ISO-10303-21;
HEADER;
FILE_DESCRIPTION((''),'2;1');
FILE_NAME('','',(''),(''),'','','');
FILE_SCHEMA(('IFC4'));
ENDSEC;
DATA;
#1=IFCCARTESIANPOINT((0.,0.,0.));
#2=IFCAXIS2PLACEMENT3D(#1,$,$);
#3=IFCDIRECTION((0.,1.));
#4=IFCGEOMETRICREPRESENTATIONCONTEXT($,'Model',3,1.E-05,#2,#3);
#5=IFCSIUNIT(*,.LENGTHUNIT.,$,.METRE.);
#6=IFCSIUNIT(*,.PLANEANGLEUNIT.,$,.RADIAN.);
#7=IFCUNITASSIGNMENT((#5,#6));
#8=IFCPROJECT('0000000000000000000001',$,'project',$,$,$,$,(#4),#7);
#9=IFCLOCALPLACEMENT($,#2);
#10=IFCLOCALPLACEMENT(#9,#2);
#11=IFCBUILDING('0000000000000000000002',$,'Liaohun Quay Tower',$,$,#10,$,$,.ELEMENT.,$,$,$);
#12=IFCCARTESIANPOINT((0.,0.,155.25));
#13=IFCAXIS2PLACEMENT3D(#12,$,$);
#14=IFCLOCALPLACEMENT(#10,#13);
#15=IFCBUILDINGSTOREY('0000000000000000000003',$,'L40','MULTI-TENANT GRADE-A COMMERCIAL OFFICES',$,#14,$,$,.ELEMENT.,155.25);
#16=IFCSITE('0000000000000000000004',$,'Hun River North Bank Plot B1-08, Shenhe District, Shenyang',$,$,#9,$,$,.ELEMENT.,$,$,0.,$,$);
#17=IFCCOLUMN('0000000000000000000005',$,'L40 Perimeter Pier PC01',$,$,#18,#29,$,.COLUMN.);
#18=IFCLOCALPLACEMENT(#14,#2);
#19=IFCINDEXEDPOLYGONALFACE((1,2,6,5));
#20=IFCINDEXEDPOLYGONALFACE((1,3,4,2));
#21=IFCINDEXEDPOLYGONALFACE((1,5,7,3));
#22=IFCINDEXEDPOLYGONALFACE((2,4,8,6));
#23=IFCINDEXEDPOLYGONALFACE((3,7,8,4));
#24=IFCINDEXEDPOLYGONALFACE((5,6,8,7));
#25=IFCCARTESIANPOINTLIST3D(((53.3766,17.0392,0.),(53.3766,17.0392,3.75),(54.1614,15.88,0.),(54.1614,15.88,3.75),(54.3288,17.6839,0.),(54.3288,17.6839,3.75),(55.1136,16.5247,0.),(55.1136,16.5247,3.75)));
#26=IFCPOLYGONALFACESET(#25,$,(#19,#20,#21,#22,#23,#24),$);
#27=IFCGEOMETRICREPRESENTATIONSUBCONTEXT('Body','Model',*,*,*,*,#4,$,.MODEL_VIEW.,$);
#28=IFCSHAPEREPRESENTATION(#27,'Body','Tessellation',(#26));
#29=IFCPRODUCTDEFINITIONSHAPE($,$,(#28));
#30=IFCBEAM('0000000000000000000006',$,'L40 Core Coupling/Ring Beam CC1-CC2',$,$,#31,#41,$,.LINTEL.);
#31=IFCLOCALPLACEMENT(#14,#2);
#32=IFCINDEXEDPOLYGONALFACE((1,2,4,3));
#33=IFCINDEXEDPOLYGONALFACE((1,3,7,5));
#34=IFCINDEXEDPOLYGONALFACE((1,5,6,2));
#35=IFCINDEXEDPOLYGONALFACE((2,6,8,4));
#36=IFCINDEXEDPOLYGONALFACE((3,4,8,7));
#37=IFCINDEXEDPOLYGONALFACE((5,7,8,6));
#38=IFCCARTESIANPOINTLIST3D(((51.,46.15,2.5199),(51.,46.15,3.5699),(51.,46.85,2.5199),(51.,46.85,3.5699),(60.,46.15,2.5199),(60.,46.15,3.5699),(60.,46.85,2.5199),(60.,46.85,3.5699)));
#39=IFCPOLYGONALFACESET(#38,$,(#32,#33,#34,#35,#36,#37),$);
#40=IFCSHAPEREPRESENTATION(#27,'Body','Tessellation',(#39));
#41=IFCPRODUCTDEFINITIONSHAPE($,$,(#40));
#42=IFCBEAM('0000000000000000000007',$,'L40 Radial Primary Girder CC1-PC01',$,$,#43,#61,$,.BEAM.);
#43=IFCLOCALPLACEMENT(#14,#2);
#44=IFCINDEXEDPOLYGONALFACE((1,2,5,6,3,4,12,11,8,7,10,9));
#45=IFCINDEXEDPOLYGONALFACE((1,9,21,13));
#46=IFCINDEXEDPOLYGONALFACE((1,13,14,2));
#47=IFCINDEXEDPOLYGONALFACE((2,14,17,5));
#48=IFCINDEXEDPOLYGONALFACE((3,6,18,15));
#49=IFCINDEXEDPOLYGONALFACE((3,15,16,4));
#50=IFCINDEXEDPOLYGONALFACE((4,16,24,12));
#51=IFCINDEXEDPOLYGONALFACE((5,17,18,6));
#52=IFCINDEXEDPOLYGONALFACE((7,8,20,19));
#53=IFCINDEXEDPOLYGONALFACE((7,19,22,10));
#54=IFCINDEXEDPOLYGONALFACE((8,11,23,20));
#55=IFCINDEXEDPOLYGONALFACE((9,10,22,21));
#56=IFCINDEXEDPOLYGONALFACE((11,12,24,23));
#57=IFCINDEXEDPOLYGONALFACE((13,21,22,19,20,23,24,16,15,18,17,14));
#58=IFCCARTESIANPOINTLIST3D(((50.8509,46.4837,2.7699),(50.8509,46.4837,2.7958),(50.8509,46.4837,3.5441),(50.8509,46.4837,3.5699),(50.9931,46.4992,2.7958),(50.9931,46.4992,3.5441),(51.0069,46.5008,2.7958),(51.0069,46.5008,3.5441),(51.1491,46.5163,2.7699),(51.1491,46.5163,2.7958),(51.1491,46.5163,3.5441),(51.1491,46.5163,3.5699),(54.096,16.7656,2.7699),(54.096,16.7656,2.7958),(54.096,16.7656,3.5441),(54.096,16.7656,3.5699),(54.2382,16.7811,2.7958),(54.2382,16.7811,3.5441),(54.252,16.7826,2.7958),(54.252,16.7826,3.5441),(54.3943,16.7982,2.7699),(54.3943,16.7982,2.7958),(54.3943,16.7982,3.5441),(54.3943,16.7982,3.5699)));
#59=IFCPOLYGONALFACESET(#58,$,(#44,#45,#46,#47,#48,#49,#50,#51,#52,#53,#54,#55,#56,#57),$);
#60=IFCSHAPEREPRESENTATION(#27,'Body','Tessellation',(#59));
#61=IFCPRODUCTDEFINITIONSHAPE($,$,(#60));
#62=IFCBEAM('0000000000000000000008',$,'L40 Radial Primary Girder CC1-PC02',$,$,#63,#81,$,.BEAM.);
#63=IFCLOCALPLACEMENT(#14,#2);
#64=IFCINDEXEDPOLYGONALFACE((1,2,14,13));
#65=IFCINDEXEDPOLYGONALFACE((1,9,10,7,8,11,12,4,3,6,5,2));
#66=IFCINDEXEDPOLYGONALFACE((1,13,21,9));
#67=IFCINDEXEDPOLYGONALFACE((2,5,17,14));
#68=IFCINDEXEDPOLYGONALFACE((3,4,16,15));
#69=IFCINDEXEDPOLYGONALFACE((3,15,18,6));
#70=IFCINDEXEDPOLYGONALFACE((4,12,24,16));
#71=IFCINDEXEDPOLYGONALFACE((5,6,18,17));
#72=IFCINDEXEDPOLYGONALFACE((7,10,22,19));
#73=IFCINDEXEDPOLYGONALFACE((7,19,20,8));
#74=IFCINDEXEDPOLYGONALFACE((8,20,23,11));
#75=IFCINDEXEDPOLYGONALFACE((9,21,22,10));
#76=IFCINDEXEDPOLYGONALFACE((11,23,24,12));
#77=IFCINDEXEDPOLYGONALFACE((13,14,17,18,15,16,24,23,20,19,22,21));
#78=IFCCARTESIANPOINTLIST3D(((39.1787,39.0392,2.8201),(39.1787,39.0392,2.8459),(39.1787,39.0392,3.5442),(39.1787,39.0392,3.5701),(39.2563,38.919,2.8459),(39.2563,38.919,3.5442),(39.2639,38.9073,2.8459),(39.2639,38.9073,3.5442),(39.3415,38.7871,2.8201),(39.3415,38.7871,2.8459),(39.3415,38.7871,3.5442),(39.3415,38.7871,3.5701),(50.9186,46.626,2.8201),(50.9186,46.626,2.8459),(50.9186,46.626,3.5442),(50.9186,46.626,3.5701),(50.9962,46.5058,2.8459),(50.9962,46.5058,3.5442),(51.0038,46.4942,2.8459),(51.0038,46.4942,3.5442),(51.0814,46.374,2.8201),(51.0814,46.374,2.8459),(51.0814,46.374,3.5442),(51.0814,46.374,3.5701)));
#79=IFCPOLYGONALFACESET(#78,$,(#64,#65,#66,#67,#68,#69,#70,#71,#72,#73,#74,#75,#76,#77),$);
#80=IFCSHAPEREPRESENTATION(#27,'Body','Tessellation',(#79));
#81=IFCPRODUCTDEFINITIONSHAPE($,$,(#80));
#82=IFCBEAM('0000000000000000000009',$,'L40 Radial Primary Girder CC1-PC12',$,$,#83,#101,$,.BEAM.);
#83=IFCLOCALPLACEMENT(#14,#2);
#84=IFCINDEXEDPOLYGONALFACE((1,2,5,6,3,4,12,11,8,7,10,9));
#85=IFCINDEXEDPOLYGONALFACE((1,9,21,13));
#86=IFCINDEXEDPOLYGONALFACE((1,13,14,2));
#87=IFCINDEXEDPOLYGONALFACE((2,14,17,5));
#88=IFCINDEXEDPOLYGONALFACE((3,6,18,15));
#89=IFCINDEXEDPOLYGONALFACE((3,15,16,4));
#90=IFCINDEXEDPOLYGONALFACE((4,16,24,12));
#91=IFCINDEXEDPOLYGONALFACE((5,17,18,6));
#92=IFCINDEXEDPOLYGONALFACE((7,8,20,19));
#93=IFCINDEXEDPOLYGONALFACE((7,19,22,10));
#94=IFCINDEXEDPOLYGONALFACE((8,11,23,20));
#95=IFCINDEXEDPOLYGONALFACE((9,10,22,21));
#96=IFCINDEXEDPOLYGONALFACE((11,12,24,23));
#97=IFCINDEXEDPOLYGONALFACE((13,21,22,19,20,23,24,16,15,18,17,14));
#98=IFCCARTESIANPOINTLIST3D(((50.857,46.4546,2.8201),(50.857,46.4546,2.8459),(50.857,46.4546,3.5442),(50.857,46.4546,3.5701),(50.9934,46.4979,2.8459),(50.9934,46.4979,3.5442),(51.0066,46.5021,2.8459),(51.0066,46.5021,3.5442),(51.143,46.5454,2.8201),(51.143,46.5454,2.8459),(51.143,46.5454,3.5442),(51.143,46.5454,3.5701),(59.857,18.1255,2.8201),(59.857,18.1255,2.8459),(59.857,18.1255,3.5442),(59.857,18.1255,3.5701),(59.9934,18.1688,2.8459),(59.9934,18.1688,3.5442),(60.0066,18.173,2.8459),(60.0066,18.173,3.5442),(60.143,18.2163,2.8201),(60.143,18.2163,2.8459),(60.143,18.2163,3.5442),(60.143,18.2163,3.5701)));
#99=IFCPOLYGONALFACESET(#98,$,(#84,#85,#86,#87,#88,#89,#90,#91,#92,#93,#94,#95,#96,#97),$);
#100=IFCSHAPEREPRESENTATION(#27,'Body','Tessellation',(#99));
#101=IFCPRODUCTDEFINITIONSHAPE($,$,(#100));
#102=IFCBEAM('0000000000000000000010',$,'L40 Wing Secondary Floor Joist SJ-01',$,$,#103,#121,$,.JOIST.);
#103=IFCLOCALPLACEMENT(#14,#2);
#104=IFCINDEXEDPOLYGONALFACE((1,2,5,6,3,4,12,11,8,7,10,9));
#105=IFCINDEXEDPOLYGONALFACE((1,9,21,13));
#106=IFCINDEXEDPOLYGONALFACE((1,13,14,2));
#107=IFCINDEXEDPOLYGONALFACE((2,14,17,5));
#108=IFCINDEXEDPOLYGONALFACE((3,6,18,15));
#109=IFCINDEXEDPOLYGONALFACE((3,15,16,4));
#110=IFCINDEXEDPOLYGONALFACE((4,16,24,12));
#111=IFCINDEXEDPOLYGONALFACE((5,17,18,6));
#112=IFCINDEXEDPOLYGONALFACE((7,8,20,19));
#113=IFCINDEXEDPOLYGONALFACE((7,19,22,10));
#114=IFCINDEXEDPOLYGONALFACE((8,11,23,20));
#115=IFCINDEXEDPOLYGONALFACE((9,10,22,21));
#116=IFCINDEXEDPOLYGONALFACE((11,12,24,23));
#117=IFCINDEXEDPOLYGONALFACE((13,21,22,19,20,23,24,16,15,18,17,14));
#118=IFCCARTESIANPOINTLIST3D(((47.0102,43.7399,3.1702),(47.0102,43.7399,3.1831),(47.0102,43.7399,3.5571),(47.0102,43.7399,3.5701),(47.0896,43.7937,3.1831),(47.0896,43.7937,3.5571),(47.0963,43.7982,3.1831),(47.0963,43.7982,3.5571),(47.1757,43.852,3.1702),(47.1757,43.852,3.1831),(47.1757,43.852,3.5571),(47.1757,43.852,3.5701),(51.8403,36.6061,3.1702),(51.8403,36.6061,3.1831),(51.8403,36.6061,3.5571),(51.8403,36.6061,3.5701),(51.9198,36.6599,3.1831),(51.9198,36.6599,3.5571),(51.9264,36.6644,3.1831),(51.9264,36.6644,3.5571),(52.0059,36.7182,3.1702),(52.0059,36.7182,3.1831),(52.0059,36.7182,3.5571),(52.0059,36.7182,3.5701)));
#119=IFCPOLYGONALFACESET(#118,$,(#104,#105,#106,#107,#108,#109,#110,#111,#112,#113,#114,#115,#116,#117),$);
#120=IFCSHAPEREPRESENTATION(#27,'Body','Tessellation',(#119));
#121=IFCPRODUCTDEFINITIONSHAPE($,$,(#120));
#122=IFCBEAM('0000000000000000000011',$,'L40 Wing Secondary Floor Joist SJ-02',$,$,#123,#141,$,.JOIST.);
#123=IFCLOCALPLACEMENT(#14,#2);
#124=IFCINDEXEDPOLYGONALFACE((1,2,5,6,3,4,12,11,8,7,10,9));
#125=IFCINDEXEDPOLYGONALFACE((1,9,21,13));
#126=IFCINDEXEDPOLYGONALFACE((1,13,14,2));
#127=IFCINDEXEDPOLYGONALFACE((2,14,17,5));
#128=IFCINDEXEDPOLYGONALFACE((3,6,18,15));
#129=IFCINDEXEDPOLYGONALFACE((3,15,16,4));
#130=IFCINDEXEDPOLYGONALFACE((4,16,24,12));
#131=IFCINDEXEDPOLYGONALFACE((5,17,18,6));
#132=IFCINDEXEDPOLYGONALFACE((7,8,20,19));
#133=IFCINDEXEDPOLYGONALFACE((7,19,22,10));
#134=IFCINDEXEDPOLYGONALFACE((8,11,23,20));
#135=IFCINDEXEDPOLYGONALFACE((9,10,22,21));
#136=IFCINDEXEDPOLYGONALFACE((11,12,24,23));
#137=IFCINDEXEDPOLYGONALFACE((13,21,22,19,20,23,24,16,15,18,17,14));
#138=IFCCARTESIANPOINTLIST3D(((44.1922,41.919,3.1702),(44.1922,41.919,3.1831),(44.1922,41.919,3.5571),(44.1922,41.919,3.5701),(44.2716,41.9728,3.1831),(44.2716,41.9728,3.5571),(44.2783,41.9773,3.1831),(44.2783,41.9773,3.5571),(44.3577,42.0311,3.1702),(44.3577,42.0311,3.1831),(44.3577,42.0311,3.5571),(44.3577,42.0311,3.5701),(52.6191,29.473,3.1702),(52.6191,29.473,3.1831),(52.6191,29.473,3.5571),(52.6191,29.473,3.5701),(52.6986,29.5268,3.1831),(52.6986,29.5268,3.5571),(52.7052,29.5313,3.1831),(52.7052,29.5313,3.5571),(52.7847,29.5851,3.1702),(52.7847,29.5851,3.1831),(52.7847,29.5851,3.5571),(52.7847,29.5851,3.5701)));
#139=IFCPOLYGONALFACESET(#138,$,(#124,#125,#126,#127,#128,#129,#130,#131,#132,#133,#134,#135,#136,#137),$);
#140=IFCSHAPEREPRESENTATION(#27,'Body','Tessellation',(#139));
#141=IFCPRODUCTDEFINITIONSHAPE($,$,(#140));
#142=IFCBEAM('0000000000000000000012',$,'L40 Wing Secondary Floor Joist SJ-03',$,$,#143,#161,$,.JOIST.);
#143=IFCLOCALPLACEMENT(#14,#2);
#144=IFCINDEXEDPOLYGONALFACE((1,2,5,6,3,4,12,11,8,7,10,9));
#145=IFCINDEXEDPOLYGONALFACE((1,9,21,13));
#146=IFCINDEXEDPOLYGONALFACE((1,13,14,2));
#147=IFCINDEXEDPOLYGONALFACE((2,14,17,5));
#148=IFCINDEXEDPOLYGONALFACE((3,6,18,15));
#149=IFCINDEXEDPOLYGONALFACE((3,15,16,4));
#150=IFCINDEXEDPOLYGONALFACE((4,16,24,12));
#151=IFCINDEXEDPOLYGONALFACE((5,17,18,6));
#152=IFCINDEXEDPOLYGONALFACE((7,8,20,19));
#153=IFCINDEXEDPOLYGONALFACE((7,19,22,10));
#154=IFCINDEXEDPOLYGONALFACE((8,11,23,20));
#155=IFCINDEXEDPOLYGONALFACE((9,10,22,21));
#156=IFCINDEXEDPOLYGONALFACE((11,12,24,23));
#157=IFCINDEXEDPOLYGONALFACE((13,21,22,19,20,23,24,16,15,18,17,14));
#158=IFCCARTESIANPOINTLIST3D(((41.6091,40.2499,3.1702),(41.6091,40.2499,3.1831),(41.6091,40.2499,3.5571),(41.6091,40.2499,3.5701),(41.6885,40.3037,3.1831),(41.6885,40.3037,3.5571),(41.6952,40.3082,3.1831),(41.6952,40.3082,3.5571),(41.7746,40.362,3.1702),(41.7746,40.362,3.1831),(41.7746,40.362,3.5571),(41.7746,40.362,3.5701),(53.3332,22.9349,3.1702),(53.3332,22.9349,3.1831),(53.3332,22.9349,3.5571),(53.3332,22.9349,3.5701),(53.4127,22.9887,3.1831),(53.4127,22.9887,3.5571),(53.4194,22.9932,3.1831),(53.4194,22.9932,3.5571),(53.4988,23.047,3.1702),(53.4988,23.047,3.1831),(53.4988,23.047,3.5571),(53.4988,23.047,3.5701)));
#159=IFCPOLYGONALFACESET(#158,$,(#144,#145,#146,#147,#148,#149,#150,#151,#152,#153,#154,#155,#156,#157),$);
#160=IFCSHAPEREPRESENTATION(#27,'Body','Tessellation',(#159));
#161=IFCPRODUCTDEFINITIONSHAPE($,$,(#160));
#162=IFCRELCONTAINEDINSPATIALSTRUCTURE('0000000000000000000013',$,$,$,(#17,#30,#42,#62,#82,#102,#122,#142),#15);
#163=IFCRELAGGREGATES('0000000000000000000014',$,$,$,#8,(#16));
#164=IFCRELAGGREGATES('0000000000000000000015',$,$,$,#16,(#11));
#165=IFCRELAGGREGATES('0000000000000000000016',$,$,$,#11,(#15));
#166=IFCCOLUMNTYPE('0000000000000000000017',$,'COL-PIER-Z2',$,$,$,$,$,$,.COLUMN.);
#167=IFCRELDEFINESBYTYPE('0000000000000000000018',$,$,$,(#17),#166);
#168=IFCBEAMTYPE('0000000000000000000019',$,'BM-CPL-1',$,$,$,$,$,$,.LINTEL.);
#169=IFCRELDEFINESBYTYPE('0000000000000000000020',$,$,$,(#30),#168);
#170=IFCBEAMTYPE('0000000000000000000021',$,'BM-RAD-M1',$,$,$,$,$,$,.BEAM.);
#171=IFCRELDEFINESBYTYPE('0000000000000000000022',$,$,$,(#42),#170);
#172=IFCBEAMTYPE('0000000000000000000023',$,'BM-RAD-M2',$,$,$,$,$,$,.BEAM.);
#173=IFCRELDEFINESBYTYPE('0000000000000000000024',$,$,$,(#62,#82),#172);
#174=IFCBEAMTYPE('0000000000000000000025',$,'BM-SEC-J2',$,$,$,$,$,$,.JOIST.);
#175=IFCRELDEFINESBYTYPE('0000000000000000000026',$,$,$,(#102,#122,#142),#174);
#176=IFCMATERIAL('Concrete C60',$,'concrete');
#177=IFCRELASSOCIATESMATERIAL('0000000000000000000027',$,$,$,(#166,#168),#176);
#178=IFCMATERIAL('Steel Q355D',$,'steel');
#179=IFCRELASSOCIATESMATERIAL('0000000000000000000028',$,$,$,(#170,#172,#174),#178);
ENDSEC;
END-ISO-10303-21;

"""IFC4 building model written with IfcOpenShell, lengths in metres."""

from ifc_helpers import new_model, si_unit, direction, frame, origin, origin_2d, place, context, subcontext, project, spatial, rectangle, i_section, extrude, source, transform, mapped, material, material_profile, profile_set, type_object, element, save


model = new_model("IFC4")

# Units and contexts
model_context = context("Model", 3, precision=1e-05, world=origin(), true_north=direction((0.0, 1.0)))
body_context = subcontext(model_context, "Body", "Model", "MODEL_VIEW")
ifc_project = project(units=[si_unit("LENGTHUNIT", "METRE"), si_unit("PLANEANGLEUNIT", "RADIAN")], contexts=[model_context])

# Site, building, storey
site_placement = place(None, origin())
site = spatial("IfcSite", under=ifc_project, at=site_placement, Name="Hun River North Bank Plot B1-08, Shenhe District, Shenyang", CompositionType="ELEMENT", RefElevation=0.0)
building_placement = place(site_placement, origin())
building = spatial("IfcBuilding", under=site, at=building_placement, Name="Liaohun Quay Tower", CompositionType="ELEMENT")
storey_placement = place(building_placement, frame((0.0, 0.0, 155.25)))
storey = spatial("IfcBuildingStorey", under=building, at=storey_placement, Name="L40", Description="MULTI-TENANT GRADE-A COMMERCIAL OFFICES", CompositionType="ELEMENT", Elevation=155.25)

# Column
ifc_material_1 = material(Name="Concrete C60", Category="concrete")
ifc_material_profile_1 = material_profile(ifc_material_1, rectangle(XDim=1.3999, YDim=1.1499, at=origin_2d()), Name="RC1400x1150")
ifc_profile_set_1 = profile_set([ifc_material_profile_1], Name="Concrete C60")
column_type = type_object("IfcColumnType", Name="COL-PIER-Z2", PredefinedType="COLUMN", material=ifc_profile_set_1)
shared_shape_1 = source(origin(), body_context, "Body", "SweptSolid", [
    extrude(rectangle(XDim=1.3999, YDim=1.1499, at=origin_2d()), origin(), (0.0, 0.0, 1.0), 3.75),
])
column_placement = place(storey_placement, frame((54.2451, 16.782, 0.0), z_axis=(0.0, 0.0, 1.0), x_axis=(-0.560639, 0.82806, 0.0)))
element("IfcColumn", 1, at=column_placement, inside=storey, type_object=column_type, Name="L40 Perimeter Pier PC01", PredefinedType="COLUMN", context=body_context, shape_type="MappedRepresentation", body=[
    mapped(shared_shape_1, transform((0.0, 0.0, 0.0), x_axis=(1.0, 0.0, 0.0), y_axis=(0.0, 1.0, 0.0), z_axis=(0.0, 0.0, 1.0), scale=1.0)),
])

# Beams
ifc_material_profile_2 = material_profile(ifc_material_1, rectangle(XDim=0.7, YDim=1.05, at=origin_2d()), Name="RC700x1050")
ifc_profile_set_2 = profile_set([ifc_material_profile_2], Name="Concrete C60")
beam_type_1 = type_object("IfcBeamType", Name="BM-CPL-1", PredefinedType="LINTEL", material=ifc_profile_set_2)
shared_shape_2 = source(origin(), body_context, "Body", "SweptSolid", [
    extrude(rectangle(XDim=0.7, YDim=1.05, at=origin_2d()), origin(), (0.0, 0.0, 1.0), 9.0),
])
beam_1_placement = place(storey_placement, frame((51.0, 46.5, 3.0449), z_axis=(1.0, 0.0, 0.0), x_axis=(0.0, 1.0, 0.0)))
element("IfcBeam", 2, at=beam_1_placement, inside=storey, type_object=beam_type_1, Name="L40 Core Coupling/Ring Beam CC1-CC2", PredefinedType="LINTEL", context=body_context, shape_type="MappedRepresentation", body=[
    mapped(shared_shape_2, transform((0.0, 0.0, 0.0), x_axis=(1.0, 0.0, 0.0), y_axis=(0.0, 1.0, 0.0), z_axis=(0.0, 0.0, 1.0), scale=1.0)),
])
ifc_material_2 = material(Name="Steel Q355D", Category="steel")
ifc_material_profile_3 = material_profile(ifc_material_2, i_section(OverallWidth=0.3, OverallDepth=0.8, WebThickness=0.0139, FlangeThickness=0.0259, at=origin_2d()), Name="HN800x300x14x26")
ifc_profile_set_3 = profile_set([ifc_material_profile_3], Name="Steel Q355D")
beam_type_2 = type_object("IfcBeamType", Name="BM-RAD-M1", PredefinedType="BEAM", material=ifc_profile_set_3)
shared_shape_3 = source(origin(), body_context, "Body", "SweptSolid", [
    extrude(i_section(OverallWidth=0.3, OverallDepth=0.8, WebThickness=0.0139, FlangeThickness=0.0259, at=origin_2d()), origin(), (0.0, 0.0, 1.0), 29.8948),
])
beam_2_placement = place(storey_placement, frame((51.0, 46.5, 3.1699), z_axis=(0.108552, -0.994091, 0.0), x_axis=(0.994091, 0.108552, 0.0)))
element("IfcBeam", 3, at=beam_2_placement, inside=storey, type_object=beam_type_2, Name="L40 Radial Primary Girder CC1-PC01", PredefinedType="BEAM", context=body_context, shape_type="MappedRepresentation", body=[
    mapped(shared_shape_3, transform((0.0, 0.0, 0.0), x_axis=(1.0, 0.0, 0.0), y_axis=(0.0, 1.0, 0.0), z_axis=(0.0, 0.0, 1.0), scale=1.0)),
])
ifc_material_profile_4 = material_profile(ifc_material_2, i_section(OverallWidth=0.3, OverallDepth=0.75, WebThickness=0.0139, FlangeThickness=0.0259, at=origin_2d()), Name="HN750x300x14x26")
ifc_profile_set_4 = profile_set([ifc_material_profile_4], Name="Steel Q355D")
beam_type_3 = type_object("IfcBeamType", Name="BM-RAD-M2", PredefinedType="BEAM", material=ifc_profile_set_4)
shared_shape_4 = source(origin(), body_context, "Body", "SweptSolid", [
    extrude(i_section(OverallWidth=0.3, OverallDepth=0.75, WebThickness=0.0139, FlangeThickness=0.0259, at=origin_2d()), origin(), (0.0, 0.0, 1.0), 13.978),
])
beam_3_placement = place(storey_placement, frame((51.0, 46.5, 3.1951), z_axis=(-0.839882, -0.54277, 0.0), x_axis=(0.54277, -0.839882, 0.0)))
element("IfcBeam", 4, at=beam_3_placement, inside=storey, type_object=beam_type_3, Name="L40 Radial Primary Girder CC1-PC02", PredefinedType="BEAM", context=body_context, shape_type="MappedRepresentation", body=[
    mapped(shared_shape_4, transform((0.0, 0.0, 0.0), x_axis=(1.0, 0.0, 0.0), y_axis=(0.0, 1.0, 0.0), z_axis=(0.0, 0.0, 1.0), scale=1.0)),
])
shared_shape_5 = source(origin(), body_context, "Body", "SweptSolid", [
    extrude(i_section(OverallWidth=0.3, OverallDepth=0.75, WebThickness=0.0139, FlangeThickness=0.0259, at=origin_2d()), origin(), (0.0, 0.0, 1.0), 29.7244),
])
beam_4_placement = place(storey_placement, frame((51.0, 46.5, 3.1951), z_axis=(0.302782, -0.95306, 0.0), x_axis=(0.95306, 0.302782, 0.0)))
element("IfcBeam", 5, at=beam_4_placement, inside=storey, type_object=beam_type_3, Name="L40 Radial Primary Girder CC1-PC12", PredefinedType="BEAM", context=body_context, shape_type="MappedRepresentation", body=[
    mapped(shared_shape_5, transform((0.0, 0.0, 0.0), x_axis=(1.0, 0.0, 0.0), y_axis=(0.0, 1.0, 0.0), z_axis=(0.0, 0.0, 1.0), scale=1.0)),
])
ifc_material_profile_5 = material_profile(ifc_material_2, i_section(OverallWidth=0.2, OverallDepth=0.3999, WebThickness=0.0081, FlangeThickness=0.0129, at=origin_2d()), Name="HN400x200x8x13")
ifc_profile_set_5 = profile_set([ifc_material_profile_5], Name="Steel Q355D")
beam_type_4 = type_object("IfcBeamType", Name="BM-SEC-J2", PredefinedType="JOIST", material=ifc_profile_set_5)
shared_shape_6 = source(origin(), body_context, "Body", "SweptSolid", [
    extrude(i_section(OverallWidth=0.2, OverallDepth=0.3999, WebThickness=0.0081, FlangeThickness=0.0129, at=origin_2d()), origin(), (0.0, 0.0, 1.0), 8.6152),
])
beam_5_placement = place(storey_placement, frame((51.9231, 36.6621, 3.3701), z_axis=(-0.56065, 0.828053, 0.0), x_axis=(-0.828053, -0.56065, 0.0)))
element("IfcBeam", 6, at=beam_5_placement, inside=storey, type_object=beam_type_4, Name="L40 Wing Secondary Floor Joist SJ-01", PredefinedType="JOIST", context=body_context, shape_type="MappedRepresentation", body=[
    mapped(shared_shape_6, transform((0.0, 0.0, 0.0), x_axis=(1.0, 0.0, 0.0), y_axis=(0.0, 1.0, 0.0), z_axis=(0.0, 0.0, 1.0), scale=1.0)),
])
shared_shape_7 = source(origin(), body_context, "Body", "SweptSolid", [
    extrude(i_section(OverallWidth=0.2, OverallDepth=0.3999, WebThickness=0.0081, FlangeThickness=0.0129, at=origin_2d()), origin(), (0.0, 0.0, 1.0), 15.0305),
])
beam_6_placement = place(storey_placement, frame((52.7019, 29.5291, 3.3701), z_axis=(-0.560657, 0.828048, 0.0), x_axis=(-0.828048, -0.560657, 0.0)))
element("IfcBeam", 7, at=beam_6_placement, inside=storey, type_object=beam_type_4, Name="L40 Wing Secondary Floor Joist SJ-02", PredefinedType="JOIST", context=body_context, shape_type="MappedRepresentation", body=[
    mapped(shared_shape_7, transform((0.0, 0.0, 0.0), x_axis=(1.0, 0.0, 0.0), y_axis=(0.0, 1.0, 0.0), z_axis=(0.0, 0.0, 1.0), scale=1.0)),
])
shared_shape_8 = source(origin(), body_context, "Body", "SweptSolid", [
    extrude(i_section(OverallWidth=0.2, OverallDepth=0.3999, WebThickness=0.0081, FlangeThickness=0.0129, at=origin_2d()), origin(), (0.0, 0.0, 1.0), 20.9109),
])
beam_7_placement = place(storey_placement, frame((53.416, 22.991, 3.3701), z_axis=(-0.560673, 0.828038, 0.0), x_axis=(-0.828038, -0.560673, 0.0)))
element("IfcBeam", 8, at=beam_7_placement, inside=storey, type_object=beam_type_4, Name="L40 Wing Secondary Floor Joist SJ-03", PredefinedType="JOIST", context=body_context, shape_type="MappedRepresentation", body=[
    mapped(shared_shape_8, transform((0.0, 0.0, 0.0), x_axis=(1.0, 0.0, 0.0), y_axis=(0.0, 1.0, 0.0), z_axis=(0.0, 0.0, 1.0), scale=1.0)),
])

save(model, "model.ifc")
